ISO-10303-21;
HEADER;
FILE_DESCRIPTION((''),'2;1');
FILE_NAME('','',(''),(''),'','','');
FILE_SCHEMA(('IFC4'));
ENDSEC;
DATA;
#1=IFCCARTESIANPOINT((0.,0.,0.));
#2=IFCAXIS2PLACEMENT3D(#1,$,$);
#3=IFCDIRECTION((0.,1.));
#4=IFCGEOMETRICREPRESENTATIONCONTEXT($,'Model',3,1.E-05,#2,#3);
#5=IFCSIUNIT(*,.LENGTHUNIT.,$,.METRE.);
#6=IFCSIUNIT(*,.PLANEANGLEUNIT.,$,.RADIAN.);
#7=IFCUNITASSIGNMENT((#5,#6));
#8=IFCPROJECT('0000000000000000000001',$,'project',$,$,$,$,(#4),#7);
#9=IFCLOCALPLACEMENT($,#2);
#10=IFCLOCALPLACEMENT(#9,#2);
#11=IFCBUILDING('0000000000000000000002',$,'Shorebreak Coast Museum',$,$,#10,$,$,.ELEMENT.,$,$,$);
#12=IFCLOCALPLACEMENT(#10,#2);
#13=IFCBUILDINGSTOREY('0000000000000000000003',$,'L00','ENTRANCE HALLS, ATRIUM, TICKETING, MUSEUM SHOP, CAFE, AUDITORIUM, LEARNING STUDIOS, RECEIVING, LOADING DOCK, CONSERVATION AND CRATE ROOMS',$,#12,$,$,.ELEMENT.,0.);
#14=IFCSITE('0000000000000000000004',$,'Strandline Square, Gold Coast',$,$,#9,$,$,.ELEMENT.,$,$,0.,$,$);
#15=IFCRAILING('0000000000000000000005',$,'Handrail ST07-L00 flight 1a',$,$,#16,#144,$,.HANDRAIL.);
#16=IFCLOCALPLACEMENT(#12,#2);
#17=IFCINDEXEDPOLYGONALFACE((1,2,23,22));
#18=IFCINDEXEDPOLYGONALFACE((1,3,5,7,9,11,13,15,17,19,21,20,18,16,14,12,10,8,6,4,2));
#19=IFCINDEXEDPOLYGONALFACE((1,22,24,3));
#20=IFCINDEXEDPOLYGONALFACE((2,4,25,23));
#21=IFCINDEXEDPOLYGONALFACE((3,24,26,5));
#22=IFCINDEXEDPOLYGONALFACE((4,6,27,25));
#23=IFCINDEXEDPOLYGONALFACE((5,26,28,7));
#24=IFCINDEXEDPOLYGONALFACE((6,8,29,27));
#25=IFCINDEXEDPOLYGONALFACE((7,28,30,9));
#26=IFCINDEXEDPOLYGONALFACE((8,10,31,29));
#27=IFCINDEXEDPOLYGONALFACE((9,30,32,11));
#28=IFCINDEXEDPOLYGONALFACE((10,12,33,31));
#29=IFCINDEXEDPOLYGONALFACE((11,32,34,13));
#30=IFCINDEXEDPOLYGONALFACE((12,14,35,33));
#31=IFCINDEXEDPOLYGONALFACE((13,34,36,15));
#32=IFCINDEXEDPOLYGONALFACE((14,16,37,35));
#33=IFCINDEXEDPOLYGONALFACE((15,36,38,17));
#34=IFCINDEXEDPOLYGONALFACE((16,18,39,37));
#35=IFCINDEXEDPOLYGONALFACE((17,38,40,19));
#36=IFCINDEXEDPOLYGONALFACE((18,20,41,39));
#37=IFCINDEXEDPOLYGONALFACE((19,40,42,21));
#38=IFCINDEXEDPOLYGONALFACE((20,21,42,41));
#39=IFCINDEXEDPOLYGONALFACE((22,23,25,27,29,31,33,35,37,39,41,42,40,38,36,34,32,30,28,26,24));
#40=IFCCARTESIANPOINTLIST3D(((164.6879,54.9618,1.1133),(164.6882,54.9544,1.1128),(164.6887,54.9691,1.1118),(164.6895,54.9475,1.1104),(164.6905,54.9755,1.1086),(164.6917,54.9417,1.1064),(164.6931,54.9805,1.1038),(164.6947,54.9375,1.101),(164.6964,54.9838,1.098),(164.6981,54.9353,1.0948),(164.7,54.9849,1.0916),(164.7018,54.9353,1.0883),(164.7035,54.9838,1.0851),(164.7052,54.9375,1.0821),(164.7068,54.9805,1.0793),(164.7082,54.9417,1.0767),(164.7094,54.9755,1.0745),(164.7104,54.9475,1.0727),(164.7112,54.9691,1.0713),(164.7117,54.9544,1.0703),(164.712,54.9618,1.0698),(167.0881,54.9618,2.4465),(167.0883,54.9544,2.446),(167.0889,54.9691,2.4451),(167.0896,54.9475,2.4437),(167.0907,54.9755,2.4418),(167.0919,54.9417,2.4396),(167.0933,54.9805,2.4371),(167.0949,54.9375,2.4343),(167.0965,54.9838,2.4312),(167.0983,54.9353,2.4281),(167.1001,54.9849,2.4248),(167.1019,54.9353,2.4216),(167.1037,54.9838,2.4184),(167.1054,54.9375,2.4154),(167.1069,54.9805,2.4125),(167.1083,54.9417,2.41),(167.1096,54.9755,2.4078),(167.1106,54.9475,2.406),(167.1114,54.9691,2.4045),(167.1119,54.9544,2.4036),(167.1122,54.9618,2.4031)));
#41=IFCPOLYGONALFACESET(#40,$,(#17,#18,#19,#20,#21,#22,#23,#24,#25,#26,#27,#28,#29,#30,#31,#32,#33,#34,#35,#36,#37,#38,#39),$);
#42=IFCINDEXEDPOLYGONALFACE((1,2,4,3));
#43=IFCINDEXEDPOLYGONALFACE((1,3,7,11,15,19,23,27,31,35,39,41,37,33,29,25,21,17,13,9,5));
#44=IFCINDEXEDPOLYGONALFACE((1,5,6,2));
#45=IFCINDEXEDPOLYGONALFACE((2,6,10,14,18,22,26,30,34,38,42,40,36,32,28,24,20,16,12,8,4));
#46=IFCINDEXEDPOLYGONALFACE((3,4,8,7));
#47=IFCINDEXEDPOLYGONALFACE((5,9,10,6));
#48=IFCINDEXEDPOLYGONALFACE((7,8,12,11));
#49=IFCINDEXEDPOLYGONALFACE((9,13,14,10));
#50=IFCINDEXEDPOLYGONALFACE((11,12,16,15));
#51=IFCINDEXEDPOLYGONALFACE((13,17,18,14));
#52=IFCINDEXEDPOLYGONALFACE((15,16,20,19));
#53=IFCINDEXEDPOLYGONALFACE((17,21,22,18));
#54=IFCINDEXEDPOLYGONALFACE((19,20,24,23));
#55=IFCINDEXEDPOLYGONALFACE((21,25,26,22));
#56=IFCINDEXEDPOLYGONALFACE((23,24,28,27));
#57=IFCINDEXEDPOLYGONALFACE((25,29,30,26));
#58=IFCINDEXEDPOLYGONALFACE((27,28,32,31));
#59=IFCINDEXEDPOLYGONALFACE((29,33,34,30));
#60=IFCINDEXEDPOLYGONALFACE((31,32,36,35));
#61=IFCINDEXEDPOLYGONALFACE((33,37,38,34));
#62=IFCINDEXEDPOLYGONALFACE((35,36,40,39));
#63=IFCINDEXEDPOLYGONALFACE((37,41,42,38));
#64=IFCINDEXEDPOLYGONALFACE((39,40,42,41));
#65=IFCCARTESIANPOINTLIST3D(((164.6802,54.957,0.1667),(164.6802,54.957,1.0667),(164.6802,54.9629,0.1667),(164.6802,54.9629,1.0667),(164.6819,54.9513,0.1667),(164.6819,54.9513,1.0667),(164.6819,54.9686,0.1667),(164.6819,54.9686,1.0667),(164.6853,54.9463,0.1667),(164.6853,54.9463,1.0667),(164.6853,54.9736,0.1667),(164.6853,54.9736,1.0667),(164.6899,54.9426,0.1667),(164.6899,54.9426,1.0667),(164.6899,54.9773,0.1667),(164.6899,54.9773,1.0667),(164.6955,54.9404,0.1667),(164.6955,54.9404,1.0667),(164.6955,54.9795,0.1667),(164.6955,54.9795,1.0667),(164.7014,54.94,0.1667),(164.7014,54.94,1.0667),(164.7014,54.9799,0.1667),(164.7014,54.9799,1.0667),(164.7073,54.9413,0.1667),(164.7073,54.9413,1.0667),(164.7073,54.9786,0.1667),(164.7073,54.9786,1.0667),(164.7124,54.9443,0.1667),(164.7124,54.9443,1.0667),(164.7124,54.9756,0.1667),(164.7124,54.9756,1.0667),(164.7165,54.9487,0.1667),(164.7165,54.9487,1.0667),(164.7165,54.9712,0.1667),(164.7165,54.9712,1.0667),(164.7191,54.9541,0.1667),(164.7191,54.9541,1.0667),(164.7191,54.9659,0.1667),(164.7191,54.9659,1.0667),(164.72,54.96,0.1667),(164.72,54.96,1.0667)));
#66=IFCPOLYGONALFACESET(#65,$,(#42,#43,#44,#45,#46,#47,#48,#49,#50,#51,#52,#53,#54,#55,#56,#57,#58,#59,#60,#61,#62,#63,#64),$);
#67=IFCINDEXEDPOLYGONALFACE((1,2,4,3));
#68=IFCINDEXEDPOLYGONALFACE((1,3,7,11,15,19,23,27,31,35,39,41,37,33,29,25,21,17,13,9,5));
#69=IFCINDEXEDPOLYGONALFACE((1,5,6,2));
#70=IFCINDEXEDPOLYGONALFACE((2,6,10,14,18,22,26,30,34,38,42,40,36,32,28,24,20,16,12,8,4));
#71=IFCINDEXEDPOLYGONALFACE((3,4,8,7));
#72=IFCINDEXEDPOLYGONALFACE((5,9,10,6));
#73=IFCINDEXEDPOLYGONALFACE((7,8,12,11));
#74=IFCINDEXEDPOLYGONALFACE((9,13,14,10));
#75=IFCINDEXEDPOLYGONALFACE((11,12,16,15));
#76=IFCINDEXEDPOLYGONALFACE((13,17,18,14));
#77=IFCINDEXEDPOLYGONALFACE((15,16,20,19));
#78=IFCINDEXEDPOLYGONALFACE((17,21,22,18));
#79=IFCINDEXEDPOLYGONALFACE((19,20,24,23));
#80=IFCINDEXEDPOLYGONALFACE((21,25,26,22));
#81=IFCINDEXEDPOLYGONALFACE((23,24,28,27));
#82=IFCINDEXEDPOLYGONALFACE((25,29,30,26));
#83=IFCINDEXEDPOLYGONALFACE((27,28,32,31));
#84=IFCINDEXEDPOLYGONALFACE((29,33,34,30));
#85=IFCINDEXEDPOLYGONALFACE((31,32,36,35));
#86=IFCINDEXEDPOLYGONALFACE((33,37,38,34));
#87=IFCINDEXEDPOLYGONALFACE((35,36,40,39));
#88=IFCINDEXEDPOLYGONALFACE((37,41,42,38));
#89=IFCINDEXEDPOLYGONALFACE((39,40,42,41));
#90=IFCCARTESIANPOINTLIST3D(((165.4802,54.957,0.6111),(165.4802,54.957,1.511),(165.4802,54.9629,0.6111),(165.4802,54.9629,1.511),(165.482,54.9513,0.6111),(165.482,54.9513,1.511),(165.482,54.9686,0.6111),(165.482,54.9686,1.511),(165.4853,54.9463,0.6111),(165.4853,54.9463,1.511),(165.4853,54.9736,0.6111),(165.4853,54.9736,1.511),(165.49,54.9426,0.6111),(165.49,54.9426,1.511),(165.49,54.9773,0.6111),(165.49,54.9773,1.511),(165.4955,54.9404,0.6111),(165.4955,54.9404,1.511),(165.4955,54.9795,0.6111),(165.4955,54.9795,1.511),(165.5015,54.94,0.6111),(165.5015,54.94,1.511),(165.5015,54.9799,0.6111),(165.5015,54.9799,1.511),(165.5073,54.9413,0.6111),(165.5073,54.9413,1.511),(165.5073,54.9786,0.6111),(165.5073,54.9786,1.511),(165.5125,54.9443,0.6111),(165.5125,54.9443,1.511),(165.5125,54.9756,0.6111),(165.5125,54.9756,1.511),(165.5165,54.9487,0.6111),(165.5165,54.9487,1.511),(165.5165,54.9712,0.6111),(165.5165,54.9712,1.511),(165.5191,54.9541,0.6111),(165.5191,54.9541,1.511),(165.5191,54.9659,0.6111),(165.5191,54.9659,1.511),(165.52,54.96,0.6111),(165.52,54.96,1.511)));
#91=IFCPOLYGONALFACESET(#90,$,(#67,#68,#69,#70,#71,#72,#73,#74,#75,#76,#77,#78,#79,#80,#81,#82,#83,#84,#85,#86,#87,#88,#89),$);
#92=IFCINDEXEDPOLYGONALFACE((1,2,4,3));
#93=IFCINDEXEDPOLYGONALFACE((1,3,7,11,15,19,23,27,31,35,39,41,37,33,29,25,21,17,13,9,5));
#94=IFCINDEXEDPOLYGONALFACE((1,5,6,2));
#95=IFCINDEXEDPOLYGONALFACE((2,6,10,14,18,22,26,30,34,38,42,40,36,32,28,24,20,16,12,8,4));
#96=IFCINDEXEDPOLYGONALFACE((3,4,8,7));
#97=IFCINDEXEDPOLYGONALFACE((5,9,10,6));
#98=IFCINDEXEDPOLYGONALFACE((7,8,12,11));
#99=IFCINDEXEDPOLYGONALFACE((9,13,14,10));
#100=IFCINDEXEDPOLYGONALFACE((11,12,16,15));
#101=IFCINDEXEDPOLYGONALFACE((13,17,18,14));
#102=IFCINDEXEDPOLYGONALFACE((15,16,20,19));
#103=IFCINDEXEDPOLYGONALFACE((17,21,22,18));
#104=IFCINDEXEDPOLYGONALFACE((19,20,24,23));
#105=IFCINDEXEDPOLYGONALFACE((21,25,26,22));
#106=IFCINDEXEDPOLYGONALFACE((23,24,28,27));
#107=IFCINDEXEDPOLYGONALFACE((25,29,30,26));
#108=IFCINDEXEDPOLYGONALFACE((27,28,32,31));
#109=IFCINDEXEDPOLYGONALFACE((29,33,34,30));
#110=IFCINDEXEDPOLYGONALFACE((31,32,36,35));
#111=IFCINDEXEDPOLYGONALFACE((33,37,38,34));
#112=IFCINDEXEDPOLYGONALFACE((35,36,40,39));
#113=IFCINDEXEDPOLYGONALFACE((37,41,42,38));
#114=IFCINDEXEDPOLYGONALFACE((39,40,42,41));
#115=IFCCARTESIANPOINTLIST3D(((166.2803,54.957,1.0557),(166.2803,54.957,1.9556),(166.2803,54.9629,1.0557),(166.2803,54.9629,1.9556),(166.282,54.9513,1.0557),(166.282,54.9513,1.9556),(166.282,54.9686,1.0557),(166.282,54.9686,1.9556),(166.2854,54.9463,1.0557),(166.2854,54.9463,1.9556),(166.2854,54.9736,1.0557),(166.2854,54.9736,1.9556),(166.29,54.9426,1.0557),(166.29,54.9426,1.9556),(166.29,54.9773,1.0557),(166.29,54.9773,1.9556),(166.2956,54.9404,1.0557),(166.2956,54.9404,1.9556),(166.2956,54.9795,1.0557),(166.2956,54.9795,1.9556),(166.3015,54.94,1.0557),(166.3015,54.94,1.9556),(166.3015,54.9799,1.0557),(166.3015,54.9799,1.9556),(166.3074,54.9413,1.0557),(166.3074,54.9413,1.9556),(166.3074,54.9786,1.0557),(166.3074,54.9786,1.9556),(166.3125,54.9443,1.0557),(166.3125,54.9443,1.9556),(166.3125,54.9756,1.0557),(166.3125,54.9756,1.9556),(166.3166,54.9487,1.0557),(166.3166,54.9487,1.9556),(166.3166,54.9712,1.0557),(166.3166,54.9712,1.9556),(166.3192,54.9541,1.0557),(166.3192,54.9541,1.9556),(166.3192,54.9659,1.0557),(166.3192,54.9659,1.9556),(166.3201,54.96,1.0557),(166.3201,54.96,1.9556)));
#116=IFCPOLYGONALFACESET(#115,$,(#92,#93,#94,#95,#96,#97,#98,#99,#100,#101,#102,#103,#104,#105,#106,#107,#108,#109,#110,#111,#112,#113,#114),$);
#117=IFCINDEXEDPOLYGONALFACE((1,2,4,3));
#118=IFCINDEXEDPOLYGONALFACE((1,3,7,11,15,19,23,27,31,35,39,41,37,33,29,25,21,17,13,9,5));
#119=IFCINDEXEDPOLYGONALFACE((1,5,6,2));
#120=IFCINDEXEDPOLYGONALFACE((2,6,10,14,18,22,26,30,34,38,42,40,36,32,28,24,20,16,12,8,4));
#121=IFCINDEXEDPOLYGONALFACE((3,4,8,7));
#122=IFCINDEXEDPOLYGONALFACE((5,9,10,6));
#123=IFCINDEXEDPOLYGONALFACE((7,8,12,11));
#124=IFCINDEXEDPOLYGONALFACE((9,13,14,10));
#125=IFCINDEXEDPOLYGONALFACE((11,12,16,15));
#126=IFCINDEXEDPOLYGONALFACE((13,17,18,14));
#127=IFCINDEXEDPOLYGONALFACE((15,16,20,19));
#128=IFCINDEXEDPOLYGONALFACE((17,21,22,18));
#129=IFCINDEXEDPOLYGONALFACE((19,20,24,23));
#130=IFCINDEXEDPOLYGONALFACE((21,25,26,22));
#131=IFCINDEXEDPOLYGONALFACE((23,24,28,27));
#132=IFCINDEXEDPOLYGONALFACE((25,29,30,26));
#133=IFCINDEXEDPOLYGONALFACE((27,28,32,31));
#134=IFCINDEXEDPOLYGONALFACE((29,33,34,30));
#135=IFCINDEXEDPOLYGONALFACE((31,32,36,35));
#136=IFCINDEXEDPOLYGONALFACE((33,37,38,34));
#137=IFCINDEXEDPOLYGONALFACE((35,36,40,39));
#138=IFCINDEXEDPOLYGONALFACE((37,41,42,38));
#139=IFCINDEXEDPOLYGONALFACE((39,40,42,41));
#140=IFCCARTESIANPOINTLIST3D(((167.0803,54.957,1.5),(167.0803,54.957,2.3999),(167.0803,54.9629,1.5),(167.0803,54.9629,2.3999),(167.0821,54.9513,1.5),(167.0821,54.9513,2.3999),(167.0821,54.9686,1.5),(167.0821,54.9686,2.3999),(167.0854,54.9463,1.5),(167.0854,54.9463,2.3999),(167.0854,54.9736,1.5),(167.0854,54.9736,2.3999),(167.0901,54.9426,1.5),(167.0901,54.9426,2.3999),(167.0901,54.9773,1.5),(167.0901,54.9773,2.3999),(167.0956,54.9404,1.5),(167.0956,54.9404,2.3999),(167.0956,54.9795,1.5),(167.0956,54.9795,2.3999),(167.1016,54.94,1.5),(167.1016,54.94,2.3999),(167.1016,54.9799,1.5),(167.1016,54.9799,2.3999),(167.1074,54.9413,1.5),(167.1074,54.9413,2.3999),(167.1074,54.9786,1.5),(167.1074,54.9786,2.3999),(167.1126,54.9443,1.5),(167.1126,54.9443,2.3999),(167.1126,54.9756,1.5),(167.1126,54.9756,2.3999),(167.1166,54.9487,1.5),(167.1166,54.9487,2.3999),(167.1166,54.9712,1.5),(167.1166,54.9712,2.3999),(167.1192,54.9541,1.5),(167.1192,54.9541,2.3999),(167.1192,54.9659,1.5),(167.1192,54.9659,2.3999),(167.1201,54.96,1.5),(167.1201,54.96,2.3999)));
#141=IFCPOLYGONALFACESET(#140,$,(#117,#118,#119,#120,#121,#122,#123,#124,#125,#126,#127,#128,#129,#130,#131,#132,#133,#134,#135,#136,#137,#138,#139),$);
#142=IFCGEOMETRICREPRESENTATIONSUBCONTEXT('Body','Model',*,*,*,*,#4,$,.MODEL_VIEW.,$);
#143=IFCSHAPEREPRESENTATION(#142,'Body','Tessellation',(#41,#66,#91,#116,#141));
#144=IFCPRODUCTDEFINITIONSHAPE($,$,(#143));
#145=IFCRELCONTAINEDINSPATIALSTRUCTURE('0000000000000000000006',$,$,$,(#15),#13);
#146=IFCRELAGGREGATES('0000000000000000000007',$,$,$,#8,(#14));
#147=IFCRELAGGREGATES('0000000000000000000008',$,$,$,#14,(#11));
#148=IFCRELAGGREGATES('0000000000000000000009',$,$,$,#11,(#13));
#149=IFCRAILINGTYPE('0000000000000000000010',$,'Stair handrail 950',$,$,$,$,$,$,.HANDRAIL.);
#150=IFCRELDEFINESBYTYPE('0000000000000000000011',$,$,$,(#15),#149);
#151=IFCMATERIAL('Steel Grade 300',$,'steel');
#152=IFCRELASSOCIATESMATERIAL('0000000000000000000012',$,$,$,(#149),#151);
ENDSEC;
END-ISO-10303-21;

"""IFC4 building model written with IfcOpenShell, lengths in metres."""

from ifc_helpers import new_model, si_unit, direction, frame, origin, origin_2d, place, context, subcontext, project, spatial, circle, extrude, material, type_object, element, save


model = new_model("IFC4")

# Units and contexts
model_context = context("Model", 3, precision=1e-05, world=origin(), true_north=direction((0.0, 1.0)))
body_context = subcontext(model_context, "Body", "Model", "MODEL_VIEW")
ifc_project = project(units=[si_unit("LENGTHUNIT", "METRE"), si_unit("PLANEANGLEUNIT", "RADIAN")], contexts=[model_context])

# Site, building, storey
site_placement = place(None, origin())
site = spatial("IfcSite", under=ifc_project, at=site_placement, Name="Strandline Square, Gold Coast", CompositionType="ELEMENT", RefElevation=0.0)
building_placement = place(site_placement, origin())
building = spatial("IfcBuilding", under=site, at=building_placement, Name="Shorebreak Coast Museum", CompositionType="ELEMENT")
storey_placement = place(building_placement, origin())
storey = spatial("IfcBuildingStorey", under=building, at=storey_placement, Name="L00", Description="ENTRANCE HALLS, ATRIUM, TICKETING, MUSEUM SHOP, CAFE, AUDITORIUM, LEARNING STUDIOS, RECEIVING, LOADING DOCK, CONSERVATION AND CRATE ROOMS", CompositionType="ELEMENT", Elevation=0.0)

# Railing
ifc_material_1 = material(Name="Steel Grade 300", Category="steel")
railing_type_1 = type_object("IfcRailingType", Name="Stair handrail 950", PredefinedType="HANDRAIL", material=ifc_material_1)
for number, where, name in (
    (1, (164.7, 54.96, 0.1667), "Handrail ST07-L00 flight 1a"),
):
    element("IfcRailing", number, at=place(storey_placement, frame(where)), inside=storey, type_object=railing_type_1, Name=name, PredefinedType="HANDRAIL", context=body_context, shape_type="SweptSolid", body=[
        extrude(circle(Radius=0.0249, at=origin_2d()), frame((0.0, 0.0, 0.9248), z_axis=(0.874182, 0.0, 0.485598), x_axis=(0.0, 1.0, 0.0)), (0.0, 0.0, 1.0), 2.7456),
        extrude(circle(Radius=0.02, at=origin_2d()), origin(), (0.0, 0.0, 1.0), 0.8999),
        extrude(circle(Radius=0.02, at=origin_2d()), frame((0.8, 0.0, 0.4443)), (0.0, 0.0, 1.0), 0.8999),
        extrude(circle(Radius=0.02, at=origin_2d()), frame((1.6001, 0.0, 0.8889)), (0.0, 0.0, 1.0), 0.8999),
        extrude(circle(Radius=0.02, at=origin_2d()), frame((2.4001, 0.0, 1.3333)), (0.0, 0.0, 1.0), 0.8999),
    ])

save(model, "model.ifc")
